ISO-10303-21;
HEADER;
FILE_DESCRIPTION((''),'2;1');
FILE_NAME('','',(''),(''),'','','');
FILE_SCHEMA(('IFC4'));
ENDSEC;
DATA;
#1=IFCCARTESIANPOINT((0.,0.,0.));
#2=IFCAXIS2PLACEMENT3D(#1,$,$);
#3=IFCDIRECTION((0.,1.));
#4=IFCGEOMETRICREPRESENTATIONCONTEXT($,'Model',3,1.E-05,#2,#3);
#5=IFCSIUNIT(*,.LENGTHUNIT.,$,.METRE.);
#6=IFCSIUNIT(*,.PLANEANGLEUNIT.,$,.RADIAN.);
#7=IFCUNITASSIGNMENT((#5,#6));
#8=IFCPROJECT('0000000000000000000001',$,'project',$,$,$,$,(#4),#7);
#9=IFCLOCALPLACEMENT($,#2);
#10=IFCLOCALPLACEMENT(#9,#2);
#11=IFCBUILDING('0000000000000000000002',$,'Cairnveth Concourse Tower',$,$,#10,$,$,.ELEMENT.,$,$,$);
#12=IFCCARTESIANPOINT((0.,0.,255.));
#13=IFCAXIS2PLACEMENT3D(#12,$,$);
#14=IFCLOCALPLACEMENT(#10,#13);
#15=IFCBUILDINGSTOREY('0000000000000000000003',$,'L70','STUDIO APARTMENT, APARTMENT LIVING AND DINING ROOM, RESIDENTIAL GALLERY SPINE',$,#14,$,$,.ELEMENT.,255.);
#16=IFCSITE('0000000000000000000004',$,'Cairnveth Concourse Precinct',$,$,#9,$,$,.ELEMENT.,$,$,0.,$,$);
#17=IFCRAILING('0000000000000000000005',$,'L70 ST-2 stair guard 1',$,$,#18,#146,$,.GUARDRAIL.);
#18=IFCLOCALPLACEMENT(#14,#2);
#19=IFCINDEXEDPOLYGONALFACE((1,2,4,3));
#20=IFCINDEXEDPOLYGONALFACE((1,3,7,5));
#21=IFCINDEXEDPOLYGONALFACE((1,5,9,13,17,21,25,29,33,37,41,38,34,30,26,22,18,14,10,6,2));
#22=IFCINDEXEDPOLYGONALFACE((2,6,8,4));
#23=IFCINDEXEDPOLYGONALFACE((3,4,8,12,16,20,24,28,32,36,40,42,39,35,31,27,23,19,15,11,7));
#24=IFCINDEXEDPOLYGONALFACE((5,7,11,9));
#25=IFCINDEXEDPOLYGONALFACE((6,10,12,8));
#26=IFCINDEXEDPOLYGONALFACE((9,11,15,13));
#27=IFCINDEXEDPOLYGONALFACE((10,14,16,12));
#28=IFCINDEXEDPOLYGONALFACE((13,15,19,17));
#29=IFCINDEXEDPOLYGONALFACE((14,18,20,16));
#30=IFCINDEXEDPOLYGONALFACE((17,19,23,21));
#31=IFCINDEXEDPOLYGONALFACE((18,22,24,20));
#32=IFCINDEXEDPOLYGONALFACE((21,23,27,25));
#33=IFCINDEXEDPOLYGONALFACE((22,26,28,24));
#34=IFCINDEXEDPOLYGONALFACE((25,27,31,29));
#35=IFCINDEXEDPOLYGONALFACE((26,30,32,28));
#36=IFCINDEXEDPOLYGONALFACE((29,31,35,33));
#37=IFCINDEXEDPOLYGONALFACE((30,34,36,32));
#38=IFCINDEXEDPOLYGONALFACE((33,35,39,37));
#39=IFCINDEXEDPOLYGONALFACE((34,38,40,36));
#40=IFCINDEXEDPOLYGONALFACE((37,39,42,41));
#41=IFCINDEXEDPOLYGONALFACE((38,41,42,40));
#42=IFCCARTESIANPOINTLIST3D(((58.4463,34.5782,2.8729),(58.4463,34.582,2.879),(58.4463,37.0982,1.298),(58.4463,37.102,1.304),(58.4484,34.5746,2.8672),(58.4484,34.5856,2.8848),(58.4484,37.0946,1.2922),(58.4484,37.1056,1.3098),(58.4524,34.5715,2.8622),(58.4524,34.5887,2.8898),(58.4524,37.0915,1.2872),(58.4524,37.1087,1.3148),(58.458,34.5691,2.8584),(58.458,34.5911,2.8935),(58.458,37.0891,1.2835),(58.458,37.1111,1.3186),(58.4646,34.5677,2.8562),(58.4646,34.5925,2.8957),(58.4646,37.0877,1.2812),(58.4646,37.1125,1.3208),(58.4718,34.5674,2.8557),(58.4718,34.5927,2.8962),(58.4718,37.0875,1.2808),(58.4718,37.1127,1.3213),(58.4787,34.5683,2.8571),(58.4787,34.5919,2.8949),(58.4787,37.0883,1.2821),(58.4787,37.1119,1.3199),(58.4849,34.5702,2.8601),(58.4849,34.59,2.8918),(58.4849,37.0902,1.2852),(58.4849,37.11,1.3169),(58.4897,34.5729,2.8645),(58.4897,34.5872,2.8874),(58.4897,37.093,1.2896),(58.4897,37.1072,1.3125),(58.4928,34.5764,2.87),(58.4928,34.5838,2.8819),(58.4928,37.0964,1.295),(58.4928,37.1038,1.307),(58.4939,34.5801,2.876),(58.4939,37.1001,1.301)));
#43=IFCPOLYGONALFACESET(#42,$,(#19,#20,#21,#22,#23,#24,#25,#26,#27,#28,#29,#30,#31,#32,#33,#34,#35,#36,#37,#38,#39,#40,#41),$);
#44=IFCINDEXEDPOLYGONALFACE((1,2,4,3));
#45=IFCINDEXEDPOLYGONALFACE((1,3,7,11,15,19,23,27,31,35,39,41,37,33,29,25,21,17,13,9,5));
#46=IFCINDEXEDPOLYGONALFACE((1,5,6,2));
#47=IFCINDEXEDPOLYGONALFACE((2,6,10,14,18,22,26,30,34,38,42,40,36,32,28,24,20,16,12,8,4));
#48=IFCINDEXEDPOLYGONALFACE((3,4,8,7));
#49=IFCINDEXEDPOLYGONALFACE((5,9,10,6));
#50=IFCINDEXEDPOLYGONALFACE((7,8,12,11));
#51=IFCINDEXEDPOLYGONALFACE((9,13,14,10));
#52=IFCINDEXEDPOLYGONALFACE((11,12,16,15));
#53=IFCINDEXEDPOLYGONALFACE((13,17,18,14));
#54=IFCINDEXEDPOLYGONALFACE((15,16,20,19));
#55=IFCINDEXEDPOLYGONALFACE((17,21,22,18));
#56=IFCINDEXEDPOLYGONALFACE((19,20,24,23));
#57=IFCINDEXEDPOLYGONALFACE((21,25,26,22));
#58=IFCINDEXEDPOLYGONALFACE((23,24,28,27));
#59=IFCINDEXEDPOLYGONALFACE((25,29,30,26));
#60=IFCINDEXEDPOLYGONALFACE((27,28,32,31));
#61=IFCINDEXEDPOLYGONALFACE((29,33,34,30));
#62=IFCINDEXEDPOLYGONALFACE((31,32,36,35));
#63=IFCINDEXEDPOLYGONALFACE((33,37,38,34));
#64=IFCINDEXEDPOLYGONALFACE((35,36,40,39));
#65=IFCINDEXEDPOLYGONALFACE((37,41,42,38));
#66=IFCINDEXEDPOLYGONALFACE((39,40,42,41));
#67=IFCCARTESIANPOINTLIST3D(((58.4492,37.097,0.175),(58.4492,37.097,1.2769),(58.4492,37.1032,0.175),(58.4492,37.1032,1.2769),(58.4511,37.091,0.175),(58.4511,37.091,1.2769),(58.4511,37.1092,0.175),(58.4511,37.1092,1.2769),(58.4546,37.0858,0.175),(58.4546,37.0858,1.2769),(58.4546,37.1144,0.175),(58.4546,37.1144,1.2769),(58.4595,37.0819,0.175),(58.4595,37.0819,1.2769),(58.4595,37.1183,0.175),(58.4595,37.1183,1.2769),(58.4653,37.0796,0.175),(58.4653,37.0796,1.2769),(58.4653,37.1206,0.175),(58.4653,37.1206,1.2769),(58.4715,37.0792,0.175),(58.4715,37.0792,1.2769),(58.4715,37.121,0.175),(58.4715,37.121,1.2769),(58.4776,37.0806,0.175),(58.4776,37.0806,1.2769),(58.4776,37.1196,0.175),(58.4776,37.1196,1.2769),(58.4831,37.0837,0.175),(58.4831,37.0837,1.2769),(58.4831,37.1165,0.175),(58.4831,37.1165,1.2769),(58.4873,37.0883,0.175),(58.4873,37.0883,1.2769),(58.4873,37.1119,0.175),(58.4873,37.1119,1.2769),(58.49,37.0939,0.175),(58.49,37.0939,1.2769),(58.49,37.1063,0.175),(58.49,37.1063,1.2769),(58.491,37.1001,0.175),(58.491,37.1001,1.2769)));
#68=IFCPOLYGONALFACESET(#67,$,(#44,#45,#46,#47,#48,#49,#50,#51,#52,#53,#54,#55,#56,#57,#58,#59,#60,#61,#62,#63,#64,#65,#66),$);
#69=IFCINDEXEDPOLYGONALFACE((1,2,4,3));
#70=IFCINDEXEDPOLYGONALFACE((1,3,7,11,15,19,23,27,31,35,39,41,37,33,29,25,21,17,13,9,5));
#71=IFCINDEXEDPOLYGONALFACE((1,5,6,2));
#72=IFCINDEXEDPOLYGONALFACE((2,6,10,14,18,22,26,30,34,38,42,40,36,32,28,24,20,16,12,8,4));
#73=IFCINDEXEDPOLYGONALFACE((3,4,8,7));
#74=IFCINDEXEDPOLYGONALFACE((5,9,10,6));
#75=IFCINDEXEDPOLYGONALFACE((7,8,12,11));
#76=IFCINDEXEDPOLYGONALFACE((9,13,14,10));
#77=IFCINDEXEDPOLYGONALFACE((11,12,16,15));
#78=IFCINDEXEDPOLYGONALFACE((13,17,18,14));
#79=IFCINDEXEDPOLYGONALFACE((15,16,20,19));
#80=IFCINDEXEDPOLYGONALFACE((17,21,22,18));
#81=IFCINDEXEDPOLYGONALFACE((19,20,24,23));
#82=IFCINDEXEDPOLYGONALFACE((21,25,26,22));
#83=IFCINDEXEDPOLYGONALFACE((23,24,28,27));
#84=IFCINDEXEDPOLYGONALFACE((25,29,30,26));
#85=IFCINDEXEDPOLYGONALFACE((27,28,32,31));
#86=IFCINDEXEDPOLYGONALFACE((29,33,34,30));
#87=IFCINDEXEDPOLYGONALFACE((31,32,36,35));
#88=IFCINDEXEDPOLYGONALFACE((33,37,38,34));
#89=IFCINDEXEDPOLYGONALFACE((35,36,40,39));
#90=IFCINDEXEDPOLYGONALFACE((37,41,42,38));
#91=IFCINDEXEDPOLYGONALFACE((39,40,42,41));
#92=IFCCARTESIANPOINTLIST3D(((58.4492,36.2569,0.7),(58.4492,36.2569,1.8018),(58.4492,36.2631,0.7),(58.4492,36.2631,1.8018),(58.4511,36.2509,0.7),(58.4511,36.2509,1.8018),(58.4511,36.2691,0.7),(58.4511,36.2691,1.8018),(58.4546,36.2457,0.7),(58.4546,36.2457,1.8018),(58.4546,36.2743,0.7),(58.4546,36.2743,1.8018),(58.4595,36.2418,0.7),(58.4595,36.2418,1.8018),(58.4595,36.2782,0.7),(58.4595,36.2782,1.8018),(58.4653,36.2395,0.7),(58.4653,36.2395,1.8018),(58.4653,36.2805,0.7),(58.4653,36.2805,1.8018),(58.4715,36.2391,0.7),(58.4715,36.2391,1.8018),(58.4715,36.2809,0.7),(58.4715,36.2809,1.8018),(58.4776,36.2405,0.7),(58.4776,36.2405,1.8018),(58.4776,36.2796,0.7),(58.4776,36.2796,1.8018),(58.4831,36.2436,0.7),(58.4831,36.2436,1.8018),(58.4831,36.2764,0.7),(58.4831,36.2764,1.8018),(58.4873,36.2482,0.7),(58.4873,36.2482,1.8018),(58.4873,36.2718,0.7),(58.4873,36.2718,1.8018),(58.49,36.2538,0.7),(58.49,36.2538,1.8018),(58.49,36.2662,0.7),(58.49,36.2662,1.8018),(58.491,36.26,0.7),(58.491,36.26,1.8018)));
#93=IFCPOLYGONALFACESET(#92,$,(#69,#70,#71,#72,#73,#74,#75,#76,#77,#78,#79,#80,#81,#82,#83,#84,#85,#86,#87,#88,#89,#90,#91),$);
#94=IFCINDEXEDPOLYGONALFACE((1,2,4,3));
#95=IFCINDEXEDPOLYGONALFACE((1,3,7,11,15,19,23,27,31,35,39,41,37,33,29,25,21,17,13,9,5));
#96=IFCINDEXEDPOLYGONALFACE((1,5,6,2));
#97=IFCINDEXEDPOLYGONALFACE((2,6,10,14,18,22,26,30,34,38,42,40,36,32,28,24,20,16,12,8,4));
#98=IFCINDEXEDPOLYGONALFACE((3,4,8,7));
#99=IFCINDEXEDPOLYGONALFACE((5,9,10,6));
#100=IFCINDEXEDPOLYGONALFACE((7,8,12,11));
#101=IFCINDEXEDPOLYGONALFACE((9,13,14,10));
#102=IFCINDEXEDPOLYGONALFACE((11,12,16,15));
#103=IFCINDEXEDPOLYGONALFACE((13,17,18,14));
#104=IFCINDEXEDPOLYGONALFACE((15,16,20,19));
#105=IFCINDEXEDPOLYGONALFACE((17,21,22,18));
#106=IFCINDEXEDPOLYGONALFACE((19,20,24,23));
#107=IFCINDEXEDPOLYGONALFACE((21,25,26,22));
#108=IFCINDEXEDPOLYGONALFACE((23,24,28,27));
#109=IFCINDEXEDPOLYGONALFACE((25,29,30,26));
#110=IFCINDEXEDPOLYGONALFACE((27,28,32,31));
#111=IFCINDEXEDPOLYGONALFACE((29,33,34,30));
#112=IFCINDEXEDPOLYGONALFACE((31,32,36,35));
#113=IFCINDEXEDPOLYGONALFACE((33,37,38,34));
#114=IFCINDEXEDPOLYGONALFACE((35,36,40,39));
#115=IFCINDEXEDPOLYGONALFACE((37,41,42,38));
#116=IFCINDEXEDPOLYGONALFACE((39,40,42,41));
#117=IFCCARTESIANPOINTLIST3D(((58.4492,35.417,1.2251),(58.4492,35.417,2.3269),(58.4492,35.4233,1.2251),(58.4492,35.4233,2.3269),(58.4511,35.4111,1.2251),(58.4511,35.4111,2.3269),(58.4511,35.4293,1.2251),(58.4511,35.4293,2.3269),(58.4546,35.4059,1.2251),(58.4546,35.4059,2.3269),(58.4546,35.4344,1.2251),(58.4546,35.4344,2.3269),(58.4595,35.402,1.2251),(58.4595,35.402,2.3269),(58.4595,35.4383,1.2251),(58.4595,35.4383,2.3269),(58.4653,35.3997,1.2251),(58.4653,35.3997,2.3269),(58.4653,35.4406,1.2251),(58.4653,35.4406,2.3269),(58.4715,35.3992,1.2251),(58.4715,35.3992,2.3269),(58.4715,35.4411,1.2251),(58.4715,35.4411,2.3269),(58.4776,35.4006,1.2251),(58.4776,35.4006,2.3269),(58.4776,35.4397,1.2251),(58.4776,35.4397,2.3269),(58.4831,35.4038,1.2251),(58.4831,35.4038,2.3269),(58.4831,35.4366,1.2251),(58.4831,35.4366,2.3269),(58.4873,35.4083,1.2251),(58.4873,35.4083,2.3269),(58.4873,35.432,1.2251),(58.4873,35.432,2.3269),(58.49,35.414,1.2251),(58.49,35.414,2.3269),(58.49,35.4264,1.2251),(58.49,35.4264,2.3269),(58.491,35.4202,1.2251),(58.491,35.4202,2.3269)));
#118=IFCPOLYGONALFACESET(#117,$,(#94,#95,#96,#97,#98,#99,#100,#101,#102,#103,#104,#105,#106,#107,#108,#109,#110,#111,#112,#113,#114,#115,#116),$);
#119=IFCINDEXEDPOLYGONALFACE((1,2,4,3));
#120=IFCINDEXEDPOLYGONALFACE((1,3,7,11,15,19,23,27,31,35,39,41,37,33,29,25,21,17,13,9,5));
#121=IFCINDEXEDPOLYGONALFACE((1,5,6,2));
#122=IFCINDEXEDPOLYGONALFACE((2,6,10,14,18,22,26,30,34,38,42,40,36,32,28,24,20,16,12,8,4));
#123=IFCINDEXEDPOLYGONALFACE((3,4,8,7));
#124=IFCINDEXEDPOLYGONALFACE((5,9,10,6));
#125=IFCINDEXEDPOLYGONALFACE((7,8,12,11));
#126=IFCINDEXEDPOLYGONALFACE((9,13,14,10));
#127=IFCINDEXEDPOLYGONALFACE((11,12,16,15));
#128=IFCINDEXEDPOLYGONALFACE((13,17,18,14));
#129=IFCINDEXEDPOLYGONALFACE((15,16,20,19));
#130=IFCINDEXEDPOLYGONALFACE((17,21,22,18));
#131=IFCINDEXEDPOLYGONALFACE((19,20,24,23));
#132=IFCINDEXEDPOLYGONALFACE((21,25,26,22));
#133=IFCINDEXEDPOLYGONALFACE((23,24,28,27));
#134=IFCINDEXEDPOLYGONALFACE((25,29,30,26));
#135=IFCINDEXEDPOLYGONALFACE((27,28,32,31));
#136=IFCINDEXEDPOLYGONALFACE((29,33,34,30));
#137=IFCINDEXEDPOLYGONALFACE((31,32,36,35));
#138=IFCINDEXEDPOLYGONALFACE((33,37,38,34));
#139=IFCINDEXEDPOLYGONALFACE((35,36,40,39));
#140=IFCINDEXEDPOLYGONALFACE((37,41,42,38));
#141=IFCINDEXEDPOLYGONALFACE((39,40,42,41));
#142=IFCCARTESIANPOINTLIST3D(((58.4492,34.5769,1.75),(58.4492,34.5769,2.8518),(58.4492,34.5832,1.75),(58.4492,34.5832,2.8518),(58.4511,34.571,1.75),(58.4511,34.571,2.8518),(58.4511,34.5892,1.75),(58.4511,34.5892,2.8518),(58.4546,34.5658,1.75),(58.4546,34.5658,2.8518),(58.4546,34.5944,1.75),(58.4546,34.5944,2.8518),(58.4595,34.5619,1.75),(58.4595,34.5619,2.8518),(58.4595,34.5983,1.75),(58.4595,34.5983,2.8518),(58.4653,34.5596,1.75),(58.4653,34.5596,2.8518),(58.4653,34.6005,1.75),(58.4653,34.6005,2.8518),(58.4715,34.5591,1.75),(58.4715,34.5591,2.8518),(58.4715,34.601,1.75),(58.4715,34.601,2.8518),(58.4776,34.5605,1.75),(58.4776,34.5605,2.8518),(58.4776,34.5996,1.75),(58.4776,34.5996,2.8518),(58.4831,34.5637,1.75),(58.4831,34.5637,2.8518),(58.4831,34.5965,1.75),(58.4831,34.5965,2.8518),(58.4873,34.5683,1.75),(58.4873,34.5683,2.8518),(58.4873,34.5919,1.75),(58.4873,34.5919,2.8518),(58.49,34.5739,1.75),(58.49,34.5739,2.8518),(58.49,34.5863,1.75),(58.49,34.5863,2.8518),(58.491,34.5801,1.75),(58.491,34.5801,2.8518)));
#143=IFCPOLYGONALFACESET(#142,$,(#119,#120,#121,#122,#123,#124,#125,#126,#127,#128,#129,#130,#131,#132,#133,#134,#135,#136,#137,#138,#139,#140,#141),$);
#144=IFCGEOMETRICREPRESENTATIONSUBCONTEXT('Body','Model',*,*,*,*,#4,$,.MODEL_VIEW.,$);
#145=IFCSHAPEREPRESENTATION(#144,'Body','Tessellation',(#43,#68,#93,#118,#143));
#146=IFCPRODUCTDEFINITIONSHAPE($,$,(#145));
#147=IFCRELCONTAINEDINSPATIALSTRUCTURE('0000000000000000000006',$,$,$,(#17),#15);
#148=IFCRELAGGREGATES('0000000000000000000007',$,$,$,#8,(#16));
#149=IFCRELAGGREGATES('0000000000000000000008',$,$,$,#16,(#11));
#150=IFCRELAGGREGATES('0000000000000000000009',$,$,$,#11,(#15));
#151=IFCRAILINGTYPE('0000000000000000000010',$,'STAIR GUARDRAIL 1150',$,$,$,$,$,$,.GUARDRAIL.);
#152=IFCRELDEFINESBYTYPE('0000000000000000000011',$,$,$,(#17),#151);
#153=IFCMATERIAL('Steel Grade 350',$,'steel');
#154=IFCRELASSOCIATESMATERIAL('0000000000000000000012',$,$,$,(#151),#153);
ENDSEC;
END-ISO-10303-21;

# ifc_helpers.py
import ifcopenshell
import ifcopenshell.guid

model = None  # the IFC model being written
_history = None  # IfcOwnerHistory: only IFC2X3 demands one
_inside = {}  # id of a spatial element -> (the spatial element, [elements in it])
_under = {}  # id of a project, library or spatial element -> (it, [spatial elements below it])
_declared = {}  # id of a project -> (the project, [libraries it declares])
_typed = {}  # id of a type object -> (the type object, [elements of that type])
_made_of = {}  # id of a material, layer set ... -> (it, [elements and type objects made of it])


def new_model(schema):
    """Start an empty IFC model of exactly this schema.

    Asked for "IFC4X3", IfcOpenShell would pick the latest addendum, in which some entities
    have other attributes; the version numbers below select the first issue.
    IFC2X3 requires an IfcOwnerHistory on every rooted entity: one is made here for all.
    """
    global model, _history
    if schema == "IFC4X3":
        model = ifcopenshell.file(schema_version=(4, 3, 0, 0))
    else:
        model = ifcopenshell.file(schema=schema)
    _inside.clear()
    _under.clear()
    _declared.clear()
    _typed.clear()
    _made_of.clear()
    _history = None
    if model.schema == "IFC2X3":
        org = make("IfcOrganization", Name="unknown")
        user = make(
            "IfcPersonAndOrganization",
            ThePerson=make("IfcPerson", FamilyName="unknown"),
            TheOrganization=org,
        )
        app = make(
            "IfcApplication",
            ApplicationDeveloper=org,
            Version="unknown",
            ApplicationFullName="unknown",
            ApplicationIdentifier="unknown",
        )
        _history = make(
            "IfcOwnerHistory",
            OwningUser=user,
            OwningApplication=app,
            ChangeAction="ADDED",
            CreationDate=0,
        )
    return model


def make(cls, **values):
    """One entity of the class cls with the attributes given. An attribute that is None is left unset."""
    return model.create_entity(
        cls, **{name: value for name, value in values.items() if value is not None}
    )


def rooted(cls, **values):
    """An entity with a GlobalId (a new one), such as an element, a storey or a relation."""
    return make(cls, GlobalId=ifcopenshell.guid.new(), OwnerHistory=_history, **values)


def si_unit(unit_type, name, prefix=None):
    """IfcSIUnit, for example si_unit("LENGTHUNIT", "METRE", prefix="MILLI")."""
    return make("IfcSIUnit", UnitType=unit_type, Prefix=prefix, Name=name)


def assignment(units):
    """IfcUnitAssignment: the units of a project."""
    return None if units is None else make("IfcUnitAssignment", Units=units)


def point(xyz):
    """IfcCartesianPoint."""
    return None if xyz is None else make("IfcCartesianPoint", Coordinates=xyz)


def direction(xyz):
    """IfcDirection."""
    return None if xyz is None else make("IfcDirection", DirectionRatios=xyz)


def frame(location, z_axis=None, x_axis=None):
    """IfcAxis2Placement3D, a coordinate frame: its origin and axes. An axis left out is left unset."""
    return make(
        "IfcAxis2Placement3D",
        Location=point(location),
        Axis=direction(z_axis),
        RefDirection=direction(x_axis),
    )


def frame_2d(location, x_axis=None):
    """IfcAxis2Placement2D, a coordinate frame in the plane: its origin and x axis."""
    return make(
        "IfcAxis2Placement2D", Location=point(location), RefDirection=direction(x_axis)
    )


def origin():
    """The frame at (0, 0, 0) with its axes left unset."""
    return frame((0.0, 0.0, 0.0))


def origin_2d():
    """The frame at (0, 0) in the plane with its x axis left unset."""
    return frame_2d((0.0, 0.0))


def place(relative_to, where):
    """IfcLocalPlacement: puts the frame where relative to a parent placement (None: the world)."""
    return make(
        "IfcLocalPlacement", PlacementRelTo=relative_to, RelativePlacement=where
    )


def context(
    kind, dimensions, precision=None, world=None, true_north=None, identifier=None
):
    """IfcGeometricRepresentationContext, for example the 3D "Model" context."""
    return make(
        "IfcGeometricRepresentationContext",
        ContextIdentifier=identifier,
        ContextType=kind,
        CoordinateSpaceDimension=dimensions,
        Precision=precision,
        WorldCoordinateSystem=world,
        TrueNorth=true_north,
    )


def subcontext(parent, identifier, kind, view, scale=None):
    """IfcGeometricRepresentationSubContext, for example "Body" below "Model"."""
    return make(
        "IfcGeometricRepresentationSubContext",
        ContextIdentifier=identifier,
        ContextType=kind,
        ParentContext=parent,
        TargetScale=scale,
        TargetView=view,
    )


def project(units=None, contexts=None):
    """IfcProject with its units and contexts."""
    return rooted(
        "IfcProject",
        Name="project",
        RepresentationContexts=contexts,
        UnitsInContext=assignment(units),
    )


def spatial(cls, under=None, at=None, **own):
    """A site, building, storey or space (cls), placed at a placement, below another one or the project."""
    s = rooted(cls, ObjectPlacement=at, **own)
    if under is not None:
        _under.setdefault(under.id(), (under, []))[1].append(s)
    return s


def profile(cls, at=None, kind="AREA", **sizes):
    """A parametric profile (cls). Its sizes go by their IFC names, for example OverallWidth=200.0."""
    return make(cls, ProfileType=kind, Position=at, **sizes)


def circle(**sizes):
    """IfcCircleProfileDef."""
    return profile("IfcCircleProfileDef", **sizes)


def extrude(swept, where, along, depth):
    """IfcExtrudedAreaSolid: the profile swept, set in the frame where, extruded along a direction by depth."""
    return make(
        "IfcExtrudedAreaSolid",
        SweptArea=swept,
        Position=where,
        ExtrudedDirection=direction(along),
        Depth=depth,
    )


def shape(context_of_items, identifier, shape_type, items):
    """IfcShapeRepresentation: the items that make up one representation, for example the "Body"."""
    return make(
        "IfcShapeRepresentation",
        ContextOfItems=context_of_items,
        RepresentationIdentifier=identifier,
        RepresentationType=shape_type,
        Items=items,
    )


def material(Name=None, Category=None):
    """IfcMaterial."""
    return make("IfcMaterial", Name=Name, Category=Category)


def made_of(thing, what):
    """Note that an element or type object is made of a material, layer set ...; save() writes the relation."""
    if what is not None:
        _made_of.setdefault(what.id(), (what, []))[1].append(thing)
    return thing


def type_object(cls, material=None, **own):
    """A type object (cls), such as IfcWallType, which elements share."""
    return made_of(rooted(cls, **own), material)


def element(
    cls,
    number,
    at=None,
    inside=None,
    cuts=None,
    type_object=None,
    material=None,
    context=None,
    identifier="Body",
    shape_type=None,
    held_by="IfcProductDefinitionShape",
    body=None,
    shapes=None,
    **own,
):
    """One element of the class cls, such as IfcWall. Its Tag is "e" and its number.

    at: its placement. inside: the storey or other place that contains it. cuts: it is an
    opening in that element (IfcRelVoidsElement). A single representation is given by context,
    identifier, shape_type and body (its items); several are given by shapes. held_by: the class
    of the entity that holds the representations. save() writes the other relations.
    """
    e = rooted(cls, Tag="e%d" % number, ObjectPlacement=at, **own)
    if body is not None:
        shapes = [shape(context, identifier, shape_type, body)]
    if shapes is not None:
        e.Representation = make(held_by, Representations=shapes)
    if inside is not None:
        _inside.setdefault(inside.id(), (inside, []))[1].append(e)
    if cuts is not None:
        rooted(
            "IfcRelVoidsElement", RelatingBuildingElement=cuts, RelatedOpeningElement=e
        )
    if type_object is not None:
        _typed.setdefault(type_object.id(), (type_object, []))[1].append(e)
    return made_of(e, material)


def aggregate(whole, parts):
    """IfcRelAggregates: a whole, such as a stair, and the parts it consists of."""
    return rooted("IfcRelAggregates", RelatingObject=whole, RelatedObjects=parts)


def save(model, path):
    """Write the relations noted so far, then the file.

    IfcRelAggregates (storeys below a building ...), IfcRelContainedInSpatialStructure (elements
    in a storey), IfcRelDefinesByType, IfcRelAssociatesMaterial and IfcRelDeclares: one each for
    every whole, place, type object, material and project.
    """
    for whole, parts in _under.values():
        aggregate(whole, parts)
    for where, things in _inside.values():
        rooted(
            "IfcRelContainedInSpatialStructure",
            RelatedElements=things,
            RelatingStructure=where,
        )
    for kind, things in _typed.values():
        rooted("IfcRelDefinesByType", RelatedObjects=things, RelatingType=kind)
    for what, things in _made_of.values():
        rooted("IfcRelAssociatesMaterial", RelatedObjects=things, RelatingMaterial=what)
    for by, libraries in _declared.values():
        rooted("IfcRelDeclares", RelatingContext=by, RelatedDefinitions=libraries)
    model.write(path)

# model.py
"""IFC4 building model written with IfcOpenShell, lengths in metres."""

from ifc_helpers import new_model, si_unit, direction, frame, origin, origin_2d, place, context, subcontext, project, spatial, circle, extrude, material, type_object, element, save


model = new_model("IFC4")

# Units and contexts
model_context = context("Model", 3, precision=1e-05, world=origin(), true_north=direction((0.0, 1.0)))
body_context = subcontext(model_context, "Body", "Model", "MODEL_VIEW")
ifc_project = project(units=[si_unit("LENGTHUNIT", "METRE"), si_unit("PLANEANGLEUNIT", "RADIAN")], contexts=[model_context])

# Site, building, storey
site_placement = place(None, origin())
site = spatial("IfcSite", under=ifc_project, at=site_placement, Name="Cairnveth Concourse Precinct", CompositionType="ELEMENT", RefElevation=0.0)
building_placement = place(site_placement, origin())
building = spatial("IfcBuilding", under=site, at=building_placement, Name="Cairnveth Concourse Tower", CompositionType="ELEMENT")
storey_placement = place(building_placement, frame((0.0, 0.0, 255.0)))
storey = spatial("IfcBuildingStorey", under=building, at=storey_placement, Name="L70", Description="STUDIO APARTMENT, APARTMENT LIVING AND DINING ROOM, RESIDENTIAL GALLERY SPINE", CompositionType="ELEMENT", Elevation=255.0)

# Shared definitions
ifc_material_1 = material(Name="Steel Grade 350", Category="steel")

# Railing
railing_type = type_object("IfcRailingType", Name="STAIR GUARDRAIL 1150", PredefinedType="GUARDRAIL", material=ifc_material_1)
railing_1_placement = place(storey_placement, frame((58.47, 37.1001, 0.175)))
element("IfcRailing", 1, at=railing_1_placement, inside=storey, type_object=railing_type, Name="L70 ST-2 stair guard 1", PredefinedType="GUARDRAIL", context=body_context, shape_type="SweptSolid", body=[
    extrude(circle(Radius=0.0239, at=origin_2d()), frame((0.0, 0.0, 1.126), z_axis=(0.0, -0.848008, 0.529984), x_axis=(1.0, 0.0, 0.0)), (0.0, 0.0, 1.0), 2.9717),
    extrude(circle(Radius=0.021, at=origin_2d()), origin(), (0.0, 0.0, 1.0), 1.1018),
    extrude(circle(Radius=0.021, at=origin_2d()), frame((0.0, -0.8401, 0.5249)), (0.0, 0.0, 1.0), 1.1018),
    extrude(circle(Radius=0.021, at=origin_2d()), frame((0.0, -1.6799, 1.05)), (0.0, 0.0, 1.0), 1.1018),
    extrude(circle(Radius=0.021, at=origin_2d()), frame((0.0, -2.52, 1.575)), (0.0, 0.0, 1.0), 1.1018),
])

save(model, "model.ifc")
